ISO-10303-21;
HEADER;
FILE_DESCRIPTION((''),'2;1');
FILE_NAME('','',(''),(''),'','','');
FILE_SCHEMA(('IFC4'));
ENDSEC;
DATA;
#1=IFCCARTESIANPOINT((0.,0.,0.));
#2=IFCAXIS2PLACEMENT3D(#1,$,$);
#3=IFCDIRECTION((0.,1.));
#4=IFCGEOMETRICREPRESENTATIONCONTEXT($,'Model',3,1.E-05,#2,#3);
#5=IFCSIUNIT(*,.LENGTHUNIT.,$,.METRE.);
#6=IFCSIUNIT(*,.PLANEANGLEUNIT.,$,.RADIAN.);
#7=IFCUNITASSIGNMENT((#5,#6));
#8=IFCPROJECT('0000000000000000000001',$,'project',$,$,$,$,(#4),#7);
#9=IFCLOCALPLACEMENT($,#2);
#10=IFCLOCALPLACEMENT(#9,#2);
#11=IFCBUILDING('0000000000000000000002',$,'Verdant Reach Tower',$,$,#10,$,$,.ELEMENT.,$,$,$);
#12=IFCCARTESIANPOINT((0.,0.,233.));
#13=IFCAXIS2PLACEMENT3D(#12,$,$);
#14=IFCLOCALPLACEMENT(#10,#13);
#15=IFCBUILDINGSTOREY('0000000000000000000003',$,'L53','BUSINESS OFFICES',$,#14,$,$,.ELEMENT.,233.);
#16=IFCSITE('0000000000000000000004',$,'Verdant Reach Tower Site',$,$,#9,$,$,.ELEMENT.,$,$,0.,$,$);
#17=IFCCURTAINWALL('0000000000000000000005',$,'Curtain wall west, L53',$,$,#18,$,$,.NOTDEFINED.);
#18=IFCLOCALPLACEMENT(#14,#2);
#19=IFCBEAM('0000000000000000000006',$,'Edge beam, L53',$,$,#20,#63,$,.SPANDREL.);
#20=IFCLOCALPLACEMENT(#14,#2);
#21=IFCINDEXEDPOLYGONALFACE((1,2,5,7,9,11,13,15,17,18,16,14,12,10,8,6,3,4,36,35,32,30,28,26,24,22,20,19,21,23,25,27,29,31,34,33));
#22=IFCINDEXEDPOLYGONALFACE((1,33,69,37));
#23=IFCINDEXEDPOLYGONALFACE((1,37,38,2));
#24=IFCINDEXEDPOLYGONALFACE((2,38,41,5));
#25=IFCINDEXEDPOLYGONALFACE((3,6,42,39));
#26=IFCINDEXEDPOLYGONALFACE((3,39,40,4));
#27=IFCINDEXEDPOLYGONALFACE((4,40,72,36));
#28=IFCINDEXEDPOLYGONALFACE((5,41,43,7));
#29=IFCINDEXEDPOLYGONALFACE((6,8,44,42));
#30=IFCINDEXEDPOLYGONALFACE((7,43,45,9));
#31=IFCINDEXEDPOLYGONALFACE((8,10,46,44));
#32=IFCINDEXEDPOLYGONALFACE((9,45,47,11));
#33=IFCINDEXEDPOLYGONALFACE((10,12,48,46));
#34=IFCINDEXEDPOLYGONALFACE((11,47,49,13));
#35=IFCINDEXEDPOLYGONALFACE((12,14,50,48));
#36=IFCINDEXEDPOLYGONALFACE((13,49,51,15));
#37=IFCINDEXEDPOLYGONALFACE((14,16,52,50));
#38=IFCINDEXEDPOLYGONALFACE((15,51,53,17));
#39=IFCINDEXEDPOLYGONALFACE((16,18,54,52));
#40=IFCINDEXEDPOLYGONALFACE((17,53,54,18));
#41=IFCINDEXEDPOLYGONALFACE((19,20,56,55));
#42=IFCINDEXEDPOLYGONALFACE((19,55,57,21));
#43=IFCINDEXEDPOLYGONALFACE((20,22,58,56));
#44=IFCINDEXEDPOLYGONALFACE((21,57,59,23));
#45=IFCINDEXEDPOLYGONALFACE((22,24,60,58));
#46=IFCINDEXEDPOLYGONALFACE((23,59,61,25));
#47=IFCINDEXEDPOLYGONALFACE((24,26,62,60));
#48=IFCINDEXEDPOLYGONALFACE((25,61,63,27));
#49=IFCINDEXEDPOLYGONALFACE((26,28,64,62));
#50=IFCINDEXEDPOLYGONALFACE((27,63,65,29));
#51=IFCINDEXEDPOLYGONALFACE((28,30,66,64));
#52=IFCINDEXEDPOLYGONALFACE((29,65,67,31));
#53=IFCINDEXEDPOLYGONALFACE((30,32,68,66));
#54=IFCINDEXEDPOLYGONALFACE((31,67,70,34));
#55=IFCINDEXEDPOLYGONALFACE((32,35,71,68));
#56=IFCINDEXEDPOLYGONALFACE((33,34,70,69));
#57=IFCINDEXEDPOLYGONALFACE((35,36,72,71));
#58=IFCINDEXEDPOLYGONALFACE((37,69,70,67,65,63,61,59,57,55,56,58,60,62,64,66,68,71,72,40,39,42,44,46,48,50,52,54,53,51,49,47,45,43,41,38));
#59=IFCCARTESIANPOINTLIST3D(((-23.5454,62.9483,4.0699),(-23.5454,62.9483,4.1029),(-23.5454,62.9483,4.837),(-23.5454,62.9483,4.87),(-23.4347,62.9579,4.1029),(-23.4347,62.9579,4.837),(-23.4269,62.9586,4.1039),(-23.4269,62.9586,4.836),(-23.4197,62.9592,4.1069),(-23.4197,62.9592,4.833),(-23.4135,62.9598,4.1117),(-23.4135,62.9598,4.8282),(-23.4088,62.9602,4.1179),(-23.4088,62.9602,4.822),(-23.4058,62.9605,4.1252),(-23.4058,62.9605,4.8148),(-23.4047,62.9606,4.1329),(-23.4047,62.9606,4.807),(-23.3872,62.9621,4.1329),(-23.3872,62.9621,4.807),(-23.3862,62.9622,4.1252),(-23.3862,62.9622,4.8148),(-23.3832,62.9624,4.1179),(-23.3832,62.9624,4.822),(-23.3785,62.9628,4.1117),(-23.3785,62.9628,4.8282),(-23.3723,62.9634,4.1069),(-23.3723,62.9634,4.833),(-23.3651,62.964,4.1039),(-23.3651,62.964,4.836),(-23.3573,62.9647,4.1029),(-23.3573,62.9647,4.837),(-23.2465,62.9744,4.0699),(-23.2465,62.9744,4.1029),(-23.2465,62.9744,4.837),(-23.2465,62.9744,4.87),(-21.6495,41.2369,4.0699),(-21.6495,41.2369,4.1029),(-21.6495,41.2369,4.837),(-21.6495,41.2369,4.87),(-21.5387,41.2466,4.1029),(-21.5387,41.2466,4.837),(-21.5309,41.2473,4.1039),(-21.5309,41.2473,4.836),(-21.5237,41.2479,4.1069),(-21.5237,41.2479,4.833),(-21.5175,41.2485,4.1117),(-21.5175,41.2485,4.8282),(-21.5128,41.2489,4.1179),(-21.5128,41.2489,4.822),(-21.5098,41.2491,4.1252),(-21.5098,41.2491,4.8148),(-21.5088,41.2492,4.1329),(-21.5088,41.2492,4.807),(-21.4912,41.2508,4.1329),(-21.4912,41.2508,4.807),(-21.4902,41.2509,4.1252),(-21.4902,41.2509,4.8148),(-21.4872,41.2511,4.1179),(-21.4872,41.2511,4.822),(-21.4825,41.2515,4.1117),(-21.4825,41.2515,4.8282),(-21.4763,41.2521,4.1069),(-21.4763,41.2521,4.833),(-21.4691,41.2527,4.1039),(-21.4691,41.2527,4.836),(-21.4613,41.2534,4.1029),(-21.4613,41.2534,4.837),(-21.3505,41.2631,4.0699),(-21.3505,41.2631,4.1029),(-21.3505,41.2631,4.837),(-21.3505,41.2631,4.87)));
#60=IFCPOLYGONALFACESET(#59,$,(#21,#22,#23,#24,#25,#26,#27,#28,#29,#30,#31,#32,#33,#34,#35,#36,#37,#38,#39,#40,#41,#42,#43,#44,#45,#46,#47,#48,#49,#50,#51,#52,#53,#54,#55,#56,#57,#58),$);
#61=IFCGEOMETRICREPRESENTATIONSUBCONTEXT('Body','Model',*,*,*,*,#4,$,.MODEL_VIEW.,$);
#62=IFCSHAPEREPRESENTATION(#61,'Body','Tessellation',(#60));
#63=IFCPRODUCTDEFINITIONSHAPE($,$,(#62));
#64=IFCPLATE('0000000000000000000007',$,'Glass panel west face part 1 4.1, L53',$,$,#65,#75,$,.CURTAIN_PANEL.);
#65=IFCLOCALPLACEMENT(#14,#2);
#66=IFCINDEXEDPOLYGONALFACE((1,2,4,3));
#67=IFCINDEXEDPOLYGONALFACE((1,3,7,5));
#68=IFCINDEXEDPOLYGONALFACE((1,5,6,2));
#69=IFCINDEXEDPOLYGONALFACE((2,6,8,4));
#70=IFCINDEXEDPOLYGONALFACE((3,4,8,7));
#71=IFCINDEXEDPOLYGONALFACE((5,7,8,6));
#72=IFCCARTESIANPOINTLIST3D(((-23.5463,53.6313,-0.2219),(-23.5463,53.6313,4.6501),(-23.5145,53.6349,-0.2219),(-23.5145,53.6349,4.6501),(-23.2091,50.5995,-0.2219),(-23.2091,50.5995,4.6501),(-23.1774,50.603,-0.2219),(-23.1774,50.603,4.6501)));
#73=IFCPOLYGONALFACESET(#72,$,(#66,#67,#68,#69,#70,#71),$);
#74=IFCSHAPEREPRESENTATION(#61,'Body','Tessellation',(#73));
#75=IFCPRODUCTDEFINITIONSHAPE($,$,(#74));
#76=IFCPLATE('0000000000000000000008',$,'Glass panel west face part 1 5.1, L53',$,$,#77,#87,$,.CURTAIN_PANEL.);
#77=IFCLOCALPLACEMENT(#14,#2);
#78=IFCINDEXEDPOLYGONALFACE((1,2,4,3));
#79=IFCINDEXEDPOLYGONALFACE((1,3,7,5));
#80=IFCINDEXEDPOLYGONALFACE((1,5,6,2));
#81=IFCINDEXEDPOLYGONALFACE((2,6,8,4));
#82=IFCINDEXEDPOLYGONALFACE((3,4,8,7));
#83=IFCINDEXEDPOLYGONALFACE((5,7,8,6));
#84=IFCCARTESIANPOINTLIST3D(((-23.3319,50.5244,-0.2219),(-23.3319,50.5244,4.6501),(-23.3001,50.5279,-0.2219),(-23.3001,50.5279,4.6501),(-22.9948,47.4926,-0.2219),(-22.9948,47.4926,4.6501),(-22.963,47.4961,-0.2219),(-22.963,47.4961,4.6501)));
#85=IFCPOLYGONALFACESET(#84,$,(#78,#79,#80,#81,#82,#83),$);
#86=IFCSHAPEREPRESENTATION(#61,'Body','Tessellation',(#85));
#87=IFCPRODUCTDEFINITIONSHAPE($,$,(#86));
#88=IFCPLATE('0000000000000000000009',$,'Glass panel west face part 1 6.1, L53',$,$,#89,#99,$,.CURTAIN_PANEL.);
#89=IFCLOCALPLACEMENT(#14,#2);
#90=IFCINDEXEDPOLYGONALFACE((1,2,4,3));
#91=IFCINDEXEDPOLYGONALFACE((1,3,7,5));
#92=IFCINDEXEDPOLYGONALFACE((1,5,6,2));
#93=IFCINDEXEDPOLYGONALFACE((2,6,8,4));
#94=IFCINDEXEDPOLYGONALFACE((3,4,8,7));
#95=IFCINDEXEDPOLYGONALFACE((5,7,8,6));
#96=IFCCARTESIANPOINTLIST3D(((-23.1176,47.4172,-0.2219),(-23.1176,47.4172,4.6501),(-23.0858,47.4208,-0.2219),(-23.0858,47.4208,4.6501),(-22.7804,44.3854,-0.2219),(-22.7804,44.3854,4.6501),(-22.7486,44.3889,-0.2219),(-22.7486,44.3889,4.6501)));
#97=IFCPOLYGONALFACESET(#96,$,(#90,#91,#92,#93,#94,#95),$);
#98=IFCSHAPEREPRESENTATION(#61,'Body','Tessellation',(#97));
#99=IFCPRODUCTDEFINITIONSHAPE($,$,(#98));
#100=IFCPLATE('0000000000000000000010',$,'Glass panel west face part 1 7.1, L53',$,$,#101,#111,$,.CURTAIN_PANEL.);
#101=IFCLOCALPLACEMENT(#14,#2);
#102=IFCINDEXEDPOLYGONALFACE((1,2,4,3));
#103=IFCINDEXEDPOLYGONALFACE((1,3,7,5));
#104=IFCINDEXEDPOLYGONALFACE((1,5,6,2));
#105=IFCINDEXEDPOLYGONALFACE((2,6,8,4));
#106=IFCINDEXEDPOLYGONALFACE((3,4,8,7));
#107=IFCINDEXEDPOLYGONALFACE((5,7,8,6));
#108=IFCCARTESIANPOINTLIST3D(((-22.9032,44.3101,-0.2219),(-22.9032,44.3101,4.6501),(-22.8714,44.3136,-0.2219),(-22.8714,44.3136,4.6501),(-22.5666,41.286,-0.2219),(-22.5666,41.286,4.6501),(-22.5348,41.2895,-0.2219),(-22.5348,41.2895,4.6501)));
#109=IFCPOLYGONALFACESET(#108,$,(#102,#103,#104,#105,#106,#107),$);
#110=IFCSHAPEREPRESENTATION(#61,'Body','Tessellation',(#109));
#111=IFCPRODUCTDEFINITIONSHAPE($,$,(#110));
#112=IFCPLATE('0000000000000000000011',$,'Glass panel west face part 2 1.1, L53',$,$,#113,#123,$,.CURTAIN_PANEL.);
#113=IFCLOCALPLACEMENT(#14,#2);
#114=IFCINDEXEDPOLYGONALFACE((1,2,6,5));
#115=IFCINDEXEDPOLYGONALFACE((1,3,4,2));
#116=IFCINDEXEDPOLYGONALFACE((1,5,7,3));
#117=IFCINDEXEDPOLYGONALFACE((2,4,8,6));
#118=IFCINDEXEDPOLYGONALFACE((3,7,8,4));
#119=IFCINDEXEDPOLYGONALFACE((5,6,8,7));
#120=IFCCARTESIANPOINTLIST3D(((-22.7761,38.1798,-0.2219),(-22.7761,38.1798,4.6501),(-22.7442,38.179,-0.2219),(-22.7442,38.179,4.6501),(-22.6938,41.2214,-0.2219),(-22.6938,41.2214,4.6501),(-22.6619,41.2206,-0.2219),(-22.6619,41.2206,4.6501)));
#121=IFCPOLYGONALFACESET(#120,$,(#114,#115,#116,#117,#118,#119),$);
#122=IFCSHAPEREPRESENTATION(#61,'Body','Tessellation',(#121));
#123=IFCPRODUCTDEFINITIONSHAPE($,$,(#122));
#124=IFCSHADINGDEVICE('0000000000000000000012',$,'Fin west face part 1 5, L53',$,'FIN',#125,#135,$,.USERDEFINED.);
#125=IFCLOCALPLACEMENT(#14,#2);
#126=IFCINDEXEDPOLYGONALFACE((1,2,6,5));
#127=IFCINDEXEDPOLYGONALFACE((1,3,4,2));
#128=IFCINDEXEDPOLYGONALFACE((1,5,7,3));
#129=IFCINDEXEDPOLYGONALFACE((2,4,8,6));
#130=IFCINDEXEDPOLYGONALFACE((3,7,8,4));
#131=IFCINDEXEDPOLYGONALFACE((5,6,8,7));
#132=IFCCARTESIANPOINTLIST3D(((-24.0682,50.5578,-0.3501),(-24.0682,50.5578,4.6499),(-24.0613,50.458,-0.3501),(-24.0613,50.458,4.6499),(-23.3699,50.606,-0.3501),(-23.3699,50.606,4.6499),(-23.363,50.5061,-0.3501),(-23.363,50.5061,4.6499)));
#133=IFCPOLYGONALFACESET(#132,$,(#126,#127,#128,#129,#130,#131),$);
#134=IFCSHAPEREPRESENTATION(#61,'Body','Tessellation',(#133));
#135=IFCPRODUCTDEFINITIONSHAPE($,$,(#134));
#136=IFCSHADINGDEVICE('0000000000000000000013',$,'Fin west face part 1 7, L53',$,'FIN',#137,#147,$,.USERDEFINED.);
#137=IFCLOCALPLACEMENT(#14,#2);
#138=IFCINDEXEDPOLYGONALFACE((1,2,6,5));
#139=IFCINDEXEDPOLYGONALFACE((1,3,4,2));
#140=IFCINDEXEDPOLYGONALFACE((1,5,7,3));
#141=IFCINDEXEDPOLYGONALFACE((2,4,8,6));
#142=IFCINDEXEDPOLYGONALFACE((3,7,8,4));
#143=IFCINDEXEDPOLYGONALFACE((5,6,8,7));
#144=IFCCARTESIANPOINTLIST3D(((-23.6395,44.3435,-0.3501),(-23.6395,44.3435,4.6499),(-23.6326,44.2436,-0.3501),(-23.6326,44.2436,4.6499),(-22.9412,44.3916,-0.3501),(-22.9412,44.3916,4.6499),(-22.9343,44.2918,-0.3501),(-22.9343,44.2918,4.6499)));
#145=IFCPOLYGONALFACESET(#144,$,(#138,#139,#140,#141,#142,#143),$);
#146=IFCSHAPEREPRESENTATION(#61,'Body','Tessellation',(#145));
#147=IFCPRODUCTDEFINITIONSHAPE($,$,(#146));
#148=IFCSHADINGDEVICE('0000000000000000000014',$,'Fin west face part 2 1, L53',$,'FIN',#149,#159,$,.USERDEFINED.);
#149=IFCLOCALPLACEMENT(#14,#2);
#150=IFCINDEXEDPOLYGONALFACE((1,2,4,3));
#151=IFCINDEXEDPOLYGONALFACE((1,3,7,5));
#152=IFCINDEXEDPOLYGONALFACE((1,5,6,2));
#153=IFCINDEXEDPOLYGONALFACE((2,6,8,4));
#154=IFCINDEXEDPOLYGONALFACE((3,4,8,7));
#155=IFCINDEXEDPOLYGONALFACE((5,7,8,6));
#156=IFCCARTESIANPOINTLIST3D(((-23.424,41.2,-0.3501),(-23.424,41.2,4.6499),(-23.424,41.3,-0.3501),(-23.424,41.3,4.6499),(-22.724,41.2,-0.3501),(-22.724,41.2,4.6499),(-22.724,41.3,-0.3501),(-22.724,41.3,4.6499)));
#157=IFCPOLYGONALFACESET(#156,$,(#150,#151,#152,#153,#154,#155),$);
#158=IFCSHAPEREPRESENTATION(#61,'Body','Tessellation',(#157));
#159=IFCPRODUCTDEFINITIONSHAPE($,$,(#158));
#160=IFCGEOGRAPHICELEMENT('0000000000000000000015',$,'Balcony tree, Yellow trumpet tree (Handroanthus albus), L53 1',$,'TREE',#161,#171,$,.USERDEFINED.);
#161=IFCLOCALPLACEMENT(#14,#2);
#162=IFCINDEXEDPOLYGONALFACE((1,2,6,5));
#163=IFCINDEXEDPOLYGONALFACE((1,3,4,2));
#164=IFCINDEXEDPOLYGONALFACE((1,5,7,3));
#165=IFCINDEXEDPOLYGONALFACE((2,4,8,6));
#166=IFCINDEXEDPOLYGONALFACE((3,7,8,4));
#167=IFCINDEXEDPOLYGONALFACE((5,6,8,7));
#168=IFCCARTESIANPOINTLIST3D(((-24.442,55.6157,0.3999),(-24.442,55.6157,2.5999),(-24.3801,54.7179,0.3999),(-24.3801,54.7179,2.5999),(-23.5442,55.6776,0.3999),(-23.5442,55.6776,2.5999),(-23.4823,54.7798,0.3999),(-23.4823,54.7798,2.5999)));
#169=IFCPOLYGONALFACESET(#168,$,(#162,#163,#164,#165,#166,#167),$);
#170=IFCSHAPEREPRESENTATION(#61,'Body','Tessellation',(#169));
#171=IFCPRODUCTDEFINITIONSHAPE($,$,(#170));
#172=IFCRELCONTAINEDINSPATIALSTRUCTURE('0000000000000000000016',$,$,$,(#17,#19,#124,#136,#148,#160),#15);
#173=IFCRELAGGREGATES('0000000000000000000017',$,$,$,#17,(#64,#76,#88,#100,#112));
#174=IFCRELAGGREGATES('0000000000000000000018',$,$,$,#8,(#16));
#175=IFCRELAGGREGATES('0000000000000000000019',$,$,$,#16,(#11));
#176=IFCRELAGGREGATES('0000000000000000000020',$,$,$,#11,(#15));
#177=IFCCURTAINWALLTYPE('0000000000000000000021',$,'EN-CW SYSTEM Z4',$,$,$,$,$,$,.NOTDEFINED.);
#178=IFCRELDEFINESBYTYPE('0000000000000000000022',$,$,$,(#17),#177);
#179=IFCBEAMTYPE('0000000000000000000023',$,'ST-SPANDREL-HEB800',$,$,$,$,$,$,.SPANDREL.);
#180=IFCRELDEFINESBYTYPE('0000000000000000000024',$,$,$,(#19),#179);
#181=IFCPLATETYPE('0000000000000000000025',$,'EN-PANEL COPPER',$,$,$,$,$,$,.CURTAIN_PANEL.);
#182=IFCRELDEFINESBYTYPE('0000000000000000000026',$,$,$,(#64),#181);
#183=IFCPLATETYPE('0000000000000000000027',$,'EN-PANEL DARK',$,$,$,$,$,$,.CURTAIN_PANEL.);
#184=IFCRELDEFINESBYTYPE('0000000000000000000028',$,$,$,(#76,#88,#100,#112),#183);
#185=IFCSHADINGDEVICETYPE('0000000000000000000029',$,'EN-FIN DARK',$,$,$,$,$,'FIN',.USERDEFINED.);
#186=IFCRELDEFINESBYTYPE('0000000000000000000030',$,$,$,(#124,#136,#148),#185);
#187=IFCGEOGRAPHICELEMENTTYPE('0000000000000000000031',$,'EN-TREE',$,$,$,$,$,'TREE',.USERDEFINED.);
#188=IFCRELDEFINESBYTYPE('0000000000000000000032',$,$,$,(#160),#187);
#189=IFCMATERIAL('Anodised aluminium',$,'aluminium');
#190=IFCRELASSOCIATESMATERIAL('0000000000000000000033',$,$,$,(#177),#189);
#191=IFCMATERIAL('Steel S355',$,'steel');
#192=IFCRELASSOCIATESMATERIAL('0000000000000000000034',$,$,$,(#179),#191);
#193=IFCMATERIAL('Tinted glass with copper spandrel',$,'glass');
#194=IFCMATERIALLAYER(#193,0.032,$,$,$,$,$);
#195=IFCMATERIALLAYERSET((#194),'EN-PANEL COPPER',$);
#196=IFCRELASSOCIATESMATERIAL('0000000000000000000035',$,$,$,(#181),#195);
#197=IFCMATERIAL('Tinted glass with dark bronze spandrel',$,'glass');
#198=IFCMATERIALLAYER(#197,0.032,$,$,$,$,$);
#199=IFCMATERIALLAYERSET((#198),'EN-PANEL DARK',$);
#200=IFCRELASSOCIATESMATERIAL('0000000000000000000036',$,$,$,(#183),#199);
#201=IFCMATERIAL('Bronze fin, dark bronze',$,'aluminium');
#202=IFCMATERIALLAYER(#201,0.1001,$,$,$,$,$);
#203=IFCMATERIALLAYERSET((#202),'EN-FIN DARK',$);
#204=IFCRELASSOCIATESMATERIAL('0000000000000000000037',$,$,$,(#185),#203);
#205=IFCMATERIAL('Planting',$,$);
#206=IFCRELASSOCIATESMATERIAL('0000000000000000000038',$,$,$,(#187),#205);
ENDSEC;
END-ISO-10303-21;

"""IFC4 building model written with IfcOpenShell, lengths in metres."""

from ifc_helpers import new_model, si_unit, direction, frame, origin, origin_2d, place, context, subcontext, project, spatial, rectangle, i_section, extrude, material, layer, layer_set, material_profile, profile_set, type_object, element, aggregate, save


model = new_model("IFC4")

# Units and contexts
model_context = context("Model", 3, precision=1e-05, world=origin(), true_north=direction((0.0, 1.0)))
body_context = subcontext(model_context, "Body", "Model", "MODEL_VIEW")
ifc_project = project(units=[si_unit("LENGTHUNIT", "METRE"), si_unit("PLANEANGLEUNIT", "RADIAN")], contexts=[model_context])

# Site, building, storey
site_placement = place(None, origin())
site = spatial("IfcSite", under=ifc_project, at=site_placement, Name="Verdant Reach Tower Site", CompositionType="ELEMENT", RefElevation=0.0)
building_placement = place(site_placement, origin())
building = spatial("IfcBuilding", under=site, at=building_placement, Name="Verdant Reach Tower", CompositionType="ELEMENT")
storey_placement = place(building_placement, frame((0.0, 0.0, 233.0)))
storey = spatial("IfcBuildingStorey", under=building, at=storey_placement, Name="L53", Description="BUSINESS OFFICES", CompositionType="ELEMENT", Elevation=233.0)

# Curtain wall
ifc_material_1 = material(Name="Anodised aluminium", Category="aluminium")
curtain_wall_type = type_object("IfcCurtainWallType", Name="EN-CW SYSTEM Z4", PredefinedType="NOTDEFINED", material=ifc_material_1)
curtain_wall_placement = place(storey_placement, origin())
curtain_wall = element("IfcCurtainWall", 1, at=curtain_wall_placement, inside=storey, type_object=curtain_wall_type, Name="Curtain wall west, L53", PredefinedType="NOTDEFINED")

# Beam
ifc_material_2 = material(Name="Steel S355", Category="steel")
ifc_material_profile_1 = material_profile(ifc_material_2, i_section(OverallWidth=0.3, OverallDepth=0.8, WebThickness=0.0176, FlangeThickness=0.033, FilletRadius=0.03, at=origin_2d()), Name="HEB 800")
ifc_profile_set_1 = profile_set([ifc_material_profile_1], Name="Steel S355")
beam_type_1 = type_object("IfcBeamType", Name="ST-SPANDREL-HEB800", PredefinedType="SPANDREL", material=ifc_profile_set_1)
beam_1_placement = place(storey_placement, frame((-21.5, 41.25, 4.47), z_axis=(-0.086996, 0.996209, 0.0), x_axis=(-0.996209, -0.086996, 0.0)))
element("IfcBeam", 2, at=beam_1_placement, inside=storey, type_object=beam_type_1, Name="Edge beam, L53", PredefinedType="SPANDREL", context=body_context, shape_type="SweptSolid", body=[
    extrude(i_section(OverallWidth=0.3, OverallDepth=0.8, WebThickness=0.0176, FlangeThickness=0.033, FilletRadius=0.03, at=origin_2d()), origin(), (0.0, 0.0, 1.0), 21.7939),
])

# Plates
ifc_material_3 = material(Name="Tinted glass with copper spandrel", Category="glass")
ifc_layer_1 = layer(ifc_material_3, 0.032)
ifc_layer_set_1 = layer_set([ifc_layer_1], Name="EN-PANEL COPPER")
plate_type_1 = type_object("IfcPlateType", Name="EN-PANEL COPPER", PredefinedType="CURTAIN_PANEL", material=ifc_layer_set_1)
plate_1_placement = place(storey_placement, frame((-23.3618, 52.1172, -0.2219), z_axis=(0.0, 0.0, 1.0), x_axis=(0.110518, -0.993874, 0.0)))
plate_1 = element("IfcPlate", 3, at=plate_1_placement, type_object=plate_type_1, Name="Glass panel west face part 1 4.1, L53", PredefinedType="CURTAIN_PANEL", context=body_context, shape_type="SweptSolid", body=[
    extrude(rectangle(XDim=3.0505, YDim=0.032, at=origin_2d()), origin(), (0.0, 0.0, 1.0), 4.8721),
])
ifc_material_4 = material(Name="Tinted glass with dark bronze spandrel", Category="glass")
ifc_layer_2 = layer(ifc_material_4, 0.032)
ifc_layer_set_2 = layer_set([ifc_layer_2], Name="EN-PANEL DARK")
plate_type_2 = type_object("IfcPlateType", Name="EN-PANEL DARK", PredefinedType="CURTAIN_PANEL", material=ifc_layer_set_2)
plate_2_placement = place(storey_placement, frame((-23.1475, 49.0103, -0.2219), z_axis=(0.0, 0.0, 1.0), x_axis=(0.110518, -0.993874, 0.0)))
plate_2 = element("IfcPlate", 4, at=plate_2_placement, type_object=plate_type_2, Name="Glass panel west face part 1 5.1, L53", PredefinedType="CURTAIN_PANEL", context=body_context, shape_type="SweptSolid", body=[
    extrude(rectangle(XDim=3.0505, YDim=0.032, at=origin_2d()), origin(), (0.0, 0.0, 1.0), 4.8721),
])
plate_3_placement = place(storey_placement, frame((-22.9331, 45.9031, -0.2219), z_axis=(0.0, 0.0, 1.0), x_axis=(0.110518, -0.993874, 0.0)))
plate_3 = element("IfcPlate", 5, at=plate_3_placement, type_object=plate_type_2, Name="Glass panel west face part 1 6.1, L53", PredefinedType="CURTAIN_PANEL", context=body_context, shape_type="SweptSolid", body=[
    extrude(rectangle(XDim=3.0505, YDim=0.032, at=origin_2d()), origin(), (0.0, 0.0, 1.0), 4.8721),
])
plate_4_placement = place(storey_placement, frame((-22.719, 42.7998, -0.2219), z_axis=(0.0, 0.0, 1.0), x_axis=(0.110603, -0.993865, 0.0)))
plate_4 = element("IfcPlate", 6, at=plate_4_placement, type_object=plate_type_2, Name="Glass panel west face part 1 7.1, L53", PredefinedType="CURTAIN_PANEL", context=body_context, shape_type="SweptSolid", body=[
    extrude(rectangle(XDim=3.0427, YDim=0.032, at=origin_2d()), origin(), (0.0, 0.0, 1.0), 4.8721),
])
plate_5_placement = place(storey_placement, frame((-22.719, 39.7002, -0.2219), z_axis=(0.0, 0.0, 1.0), x_axis=(-0.027051, -0.999634, 0.0)))
plate_5 = element("IfcPlate", 7, at=plate_5_placement, type_object=plate_type_2, Name="Glass panel west face part 2 1.1, L53", PredefinedType="CURTAIN_PANEL", context=body_context, shape_type="SweptSolid", body=[
    extrude(rectangle(XDim=3.0427, YDim=0.032, at=origin_2d()), origin(), (0.0, 0.0, 1.0), 4.8721),
])
aggregate(curtain_wall, [plate_1, plate_2, plate_3, plate_4, plate_5])

# Shading devices
ifc_material_5 = material(Name="Bronze fin, dark bronze", Category="aluminium")
ifc_layer_3 = layer(ifc_material_5, 0.1001)
ifc_layer_set_3 = layer_set([ifc_layer_3], Name="EN-FIN DARK")
shading_device_type = type_object("IfcShadingDeviceType", Name="EN-FIN DARK", ElementType="FIN", PredefinedType="USERDEFINED", material=ifc_layer_set_3)
for number, where, z_axis, x_axis, name in (
    (8, (-23.7156, 50.532, -0.3501), (0.0, 0.0, 1.0), (0.068802, -0.99763, 0.0), "Fin west face part 1 5, L53"),
    (9, (-23.2869, 44.3176, -0.3501), (0.0, 0.0, 1.0), (0.068802, -0.99763, 0.0), "Fin west face part 1 7, L53"),
    (10, (-23.074, 41.25, -0.3501), (0.0, 0.0, 1.0), (0.0, -1.0, 0.0), "Fin west face part 2 1, L53"),
):
    element("IfcShadingDevice", number, at=place(storey_placement, frame(where, z_axis=z_axis, x_axis=x_axis)), inside=storey, type_object=shading_device_type, Name=name, ObjectType="FIN", PredefinedType="USERDEFINED", context=body_context, shape_type="SweptSolid", body=[
        extrude(rectangle(XDim=0.1001, YDim=0.7, at=origin_2d()), origin(), (0.0, 0.0, 1.0), 5.0),
    ])

# Geographic element
ifc_material_6 = material(Name="Planting")
geographic_element_type = type_object("IfcGeographicElementType", Name="EN-TREE", ElementType="TREE", PredefinedType="USERDEFINED", material=ifc_material_6)
geographic_element_placement = place(storey_placement, frame((-23.9622, 55.1978, 0.3999), z_axis=(0.0, 0.0, 1.0), x_axis=(0.068802, -0.99763, 0.0)))
element("IfcGeographicElement", 11, at=geographic_element_placement, inside=storey, type_object=geographic_element_type, Name="Balcony tree, Yellow trumpet tree (Handroanthus albus), L53 1", ObjectType="TREE", PredefinedType="USERDEFINED", context=body_context, shape_type="SweptSolid", body=[
    extrude(rectangle(XDim=0.8999, YDim=0.8999, at=origin_2d()), origin(), (0.0, 0.0, 1.0), 2.2),
])

save(model, "model.ifc")
